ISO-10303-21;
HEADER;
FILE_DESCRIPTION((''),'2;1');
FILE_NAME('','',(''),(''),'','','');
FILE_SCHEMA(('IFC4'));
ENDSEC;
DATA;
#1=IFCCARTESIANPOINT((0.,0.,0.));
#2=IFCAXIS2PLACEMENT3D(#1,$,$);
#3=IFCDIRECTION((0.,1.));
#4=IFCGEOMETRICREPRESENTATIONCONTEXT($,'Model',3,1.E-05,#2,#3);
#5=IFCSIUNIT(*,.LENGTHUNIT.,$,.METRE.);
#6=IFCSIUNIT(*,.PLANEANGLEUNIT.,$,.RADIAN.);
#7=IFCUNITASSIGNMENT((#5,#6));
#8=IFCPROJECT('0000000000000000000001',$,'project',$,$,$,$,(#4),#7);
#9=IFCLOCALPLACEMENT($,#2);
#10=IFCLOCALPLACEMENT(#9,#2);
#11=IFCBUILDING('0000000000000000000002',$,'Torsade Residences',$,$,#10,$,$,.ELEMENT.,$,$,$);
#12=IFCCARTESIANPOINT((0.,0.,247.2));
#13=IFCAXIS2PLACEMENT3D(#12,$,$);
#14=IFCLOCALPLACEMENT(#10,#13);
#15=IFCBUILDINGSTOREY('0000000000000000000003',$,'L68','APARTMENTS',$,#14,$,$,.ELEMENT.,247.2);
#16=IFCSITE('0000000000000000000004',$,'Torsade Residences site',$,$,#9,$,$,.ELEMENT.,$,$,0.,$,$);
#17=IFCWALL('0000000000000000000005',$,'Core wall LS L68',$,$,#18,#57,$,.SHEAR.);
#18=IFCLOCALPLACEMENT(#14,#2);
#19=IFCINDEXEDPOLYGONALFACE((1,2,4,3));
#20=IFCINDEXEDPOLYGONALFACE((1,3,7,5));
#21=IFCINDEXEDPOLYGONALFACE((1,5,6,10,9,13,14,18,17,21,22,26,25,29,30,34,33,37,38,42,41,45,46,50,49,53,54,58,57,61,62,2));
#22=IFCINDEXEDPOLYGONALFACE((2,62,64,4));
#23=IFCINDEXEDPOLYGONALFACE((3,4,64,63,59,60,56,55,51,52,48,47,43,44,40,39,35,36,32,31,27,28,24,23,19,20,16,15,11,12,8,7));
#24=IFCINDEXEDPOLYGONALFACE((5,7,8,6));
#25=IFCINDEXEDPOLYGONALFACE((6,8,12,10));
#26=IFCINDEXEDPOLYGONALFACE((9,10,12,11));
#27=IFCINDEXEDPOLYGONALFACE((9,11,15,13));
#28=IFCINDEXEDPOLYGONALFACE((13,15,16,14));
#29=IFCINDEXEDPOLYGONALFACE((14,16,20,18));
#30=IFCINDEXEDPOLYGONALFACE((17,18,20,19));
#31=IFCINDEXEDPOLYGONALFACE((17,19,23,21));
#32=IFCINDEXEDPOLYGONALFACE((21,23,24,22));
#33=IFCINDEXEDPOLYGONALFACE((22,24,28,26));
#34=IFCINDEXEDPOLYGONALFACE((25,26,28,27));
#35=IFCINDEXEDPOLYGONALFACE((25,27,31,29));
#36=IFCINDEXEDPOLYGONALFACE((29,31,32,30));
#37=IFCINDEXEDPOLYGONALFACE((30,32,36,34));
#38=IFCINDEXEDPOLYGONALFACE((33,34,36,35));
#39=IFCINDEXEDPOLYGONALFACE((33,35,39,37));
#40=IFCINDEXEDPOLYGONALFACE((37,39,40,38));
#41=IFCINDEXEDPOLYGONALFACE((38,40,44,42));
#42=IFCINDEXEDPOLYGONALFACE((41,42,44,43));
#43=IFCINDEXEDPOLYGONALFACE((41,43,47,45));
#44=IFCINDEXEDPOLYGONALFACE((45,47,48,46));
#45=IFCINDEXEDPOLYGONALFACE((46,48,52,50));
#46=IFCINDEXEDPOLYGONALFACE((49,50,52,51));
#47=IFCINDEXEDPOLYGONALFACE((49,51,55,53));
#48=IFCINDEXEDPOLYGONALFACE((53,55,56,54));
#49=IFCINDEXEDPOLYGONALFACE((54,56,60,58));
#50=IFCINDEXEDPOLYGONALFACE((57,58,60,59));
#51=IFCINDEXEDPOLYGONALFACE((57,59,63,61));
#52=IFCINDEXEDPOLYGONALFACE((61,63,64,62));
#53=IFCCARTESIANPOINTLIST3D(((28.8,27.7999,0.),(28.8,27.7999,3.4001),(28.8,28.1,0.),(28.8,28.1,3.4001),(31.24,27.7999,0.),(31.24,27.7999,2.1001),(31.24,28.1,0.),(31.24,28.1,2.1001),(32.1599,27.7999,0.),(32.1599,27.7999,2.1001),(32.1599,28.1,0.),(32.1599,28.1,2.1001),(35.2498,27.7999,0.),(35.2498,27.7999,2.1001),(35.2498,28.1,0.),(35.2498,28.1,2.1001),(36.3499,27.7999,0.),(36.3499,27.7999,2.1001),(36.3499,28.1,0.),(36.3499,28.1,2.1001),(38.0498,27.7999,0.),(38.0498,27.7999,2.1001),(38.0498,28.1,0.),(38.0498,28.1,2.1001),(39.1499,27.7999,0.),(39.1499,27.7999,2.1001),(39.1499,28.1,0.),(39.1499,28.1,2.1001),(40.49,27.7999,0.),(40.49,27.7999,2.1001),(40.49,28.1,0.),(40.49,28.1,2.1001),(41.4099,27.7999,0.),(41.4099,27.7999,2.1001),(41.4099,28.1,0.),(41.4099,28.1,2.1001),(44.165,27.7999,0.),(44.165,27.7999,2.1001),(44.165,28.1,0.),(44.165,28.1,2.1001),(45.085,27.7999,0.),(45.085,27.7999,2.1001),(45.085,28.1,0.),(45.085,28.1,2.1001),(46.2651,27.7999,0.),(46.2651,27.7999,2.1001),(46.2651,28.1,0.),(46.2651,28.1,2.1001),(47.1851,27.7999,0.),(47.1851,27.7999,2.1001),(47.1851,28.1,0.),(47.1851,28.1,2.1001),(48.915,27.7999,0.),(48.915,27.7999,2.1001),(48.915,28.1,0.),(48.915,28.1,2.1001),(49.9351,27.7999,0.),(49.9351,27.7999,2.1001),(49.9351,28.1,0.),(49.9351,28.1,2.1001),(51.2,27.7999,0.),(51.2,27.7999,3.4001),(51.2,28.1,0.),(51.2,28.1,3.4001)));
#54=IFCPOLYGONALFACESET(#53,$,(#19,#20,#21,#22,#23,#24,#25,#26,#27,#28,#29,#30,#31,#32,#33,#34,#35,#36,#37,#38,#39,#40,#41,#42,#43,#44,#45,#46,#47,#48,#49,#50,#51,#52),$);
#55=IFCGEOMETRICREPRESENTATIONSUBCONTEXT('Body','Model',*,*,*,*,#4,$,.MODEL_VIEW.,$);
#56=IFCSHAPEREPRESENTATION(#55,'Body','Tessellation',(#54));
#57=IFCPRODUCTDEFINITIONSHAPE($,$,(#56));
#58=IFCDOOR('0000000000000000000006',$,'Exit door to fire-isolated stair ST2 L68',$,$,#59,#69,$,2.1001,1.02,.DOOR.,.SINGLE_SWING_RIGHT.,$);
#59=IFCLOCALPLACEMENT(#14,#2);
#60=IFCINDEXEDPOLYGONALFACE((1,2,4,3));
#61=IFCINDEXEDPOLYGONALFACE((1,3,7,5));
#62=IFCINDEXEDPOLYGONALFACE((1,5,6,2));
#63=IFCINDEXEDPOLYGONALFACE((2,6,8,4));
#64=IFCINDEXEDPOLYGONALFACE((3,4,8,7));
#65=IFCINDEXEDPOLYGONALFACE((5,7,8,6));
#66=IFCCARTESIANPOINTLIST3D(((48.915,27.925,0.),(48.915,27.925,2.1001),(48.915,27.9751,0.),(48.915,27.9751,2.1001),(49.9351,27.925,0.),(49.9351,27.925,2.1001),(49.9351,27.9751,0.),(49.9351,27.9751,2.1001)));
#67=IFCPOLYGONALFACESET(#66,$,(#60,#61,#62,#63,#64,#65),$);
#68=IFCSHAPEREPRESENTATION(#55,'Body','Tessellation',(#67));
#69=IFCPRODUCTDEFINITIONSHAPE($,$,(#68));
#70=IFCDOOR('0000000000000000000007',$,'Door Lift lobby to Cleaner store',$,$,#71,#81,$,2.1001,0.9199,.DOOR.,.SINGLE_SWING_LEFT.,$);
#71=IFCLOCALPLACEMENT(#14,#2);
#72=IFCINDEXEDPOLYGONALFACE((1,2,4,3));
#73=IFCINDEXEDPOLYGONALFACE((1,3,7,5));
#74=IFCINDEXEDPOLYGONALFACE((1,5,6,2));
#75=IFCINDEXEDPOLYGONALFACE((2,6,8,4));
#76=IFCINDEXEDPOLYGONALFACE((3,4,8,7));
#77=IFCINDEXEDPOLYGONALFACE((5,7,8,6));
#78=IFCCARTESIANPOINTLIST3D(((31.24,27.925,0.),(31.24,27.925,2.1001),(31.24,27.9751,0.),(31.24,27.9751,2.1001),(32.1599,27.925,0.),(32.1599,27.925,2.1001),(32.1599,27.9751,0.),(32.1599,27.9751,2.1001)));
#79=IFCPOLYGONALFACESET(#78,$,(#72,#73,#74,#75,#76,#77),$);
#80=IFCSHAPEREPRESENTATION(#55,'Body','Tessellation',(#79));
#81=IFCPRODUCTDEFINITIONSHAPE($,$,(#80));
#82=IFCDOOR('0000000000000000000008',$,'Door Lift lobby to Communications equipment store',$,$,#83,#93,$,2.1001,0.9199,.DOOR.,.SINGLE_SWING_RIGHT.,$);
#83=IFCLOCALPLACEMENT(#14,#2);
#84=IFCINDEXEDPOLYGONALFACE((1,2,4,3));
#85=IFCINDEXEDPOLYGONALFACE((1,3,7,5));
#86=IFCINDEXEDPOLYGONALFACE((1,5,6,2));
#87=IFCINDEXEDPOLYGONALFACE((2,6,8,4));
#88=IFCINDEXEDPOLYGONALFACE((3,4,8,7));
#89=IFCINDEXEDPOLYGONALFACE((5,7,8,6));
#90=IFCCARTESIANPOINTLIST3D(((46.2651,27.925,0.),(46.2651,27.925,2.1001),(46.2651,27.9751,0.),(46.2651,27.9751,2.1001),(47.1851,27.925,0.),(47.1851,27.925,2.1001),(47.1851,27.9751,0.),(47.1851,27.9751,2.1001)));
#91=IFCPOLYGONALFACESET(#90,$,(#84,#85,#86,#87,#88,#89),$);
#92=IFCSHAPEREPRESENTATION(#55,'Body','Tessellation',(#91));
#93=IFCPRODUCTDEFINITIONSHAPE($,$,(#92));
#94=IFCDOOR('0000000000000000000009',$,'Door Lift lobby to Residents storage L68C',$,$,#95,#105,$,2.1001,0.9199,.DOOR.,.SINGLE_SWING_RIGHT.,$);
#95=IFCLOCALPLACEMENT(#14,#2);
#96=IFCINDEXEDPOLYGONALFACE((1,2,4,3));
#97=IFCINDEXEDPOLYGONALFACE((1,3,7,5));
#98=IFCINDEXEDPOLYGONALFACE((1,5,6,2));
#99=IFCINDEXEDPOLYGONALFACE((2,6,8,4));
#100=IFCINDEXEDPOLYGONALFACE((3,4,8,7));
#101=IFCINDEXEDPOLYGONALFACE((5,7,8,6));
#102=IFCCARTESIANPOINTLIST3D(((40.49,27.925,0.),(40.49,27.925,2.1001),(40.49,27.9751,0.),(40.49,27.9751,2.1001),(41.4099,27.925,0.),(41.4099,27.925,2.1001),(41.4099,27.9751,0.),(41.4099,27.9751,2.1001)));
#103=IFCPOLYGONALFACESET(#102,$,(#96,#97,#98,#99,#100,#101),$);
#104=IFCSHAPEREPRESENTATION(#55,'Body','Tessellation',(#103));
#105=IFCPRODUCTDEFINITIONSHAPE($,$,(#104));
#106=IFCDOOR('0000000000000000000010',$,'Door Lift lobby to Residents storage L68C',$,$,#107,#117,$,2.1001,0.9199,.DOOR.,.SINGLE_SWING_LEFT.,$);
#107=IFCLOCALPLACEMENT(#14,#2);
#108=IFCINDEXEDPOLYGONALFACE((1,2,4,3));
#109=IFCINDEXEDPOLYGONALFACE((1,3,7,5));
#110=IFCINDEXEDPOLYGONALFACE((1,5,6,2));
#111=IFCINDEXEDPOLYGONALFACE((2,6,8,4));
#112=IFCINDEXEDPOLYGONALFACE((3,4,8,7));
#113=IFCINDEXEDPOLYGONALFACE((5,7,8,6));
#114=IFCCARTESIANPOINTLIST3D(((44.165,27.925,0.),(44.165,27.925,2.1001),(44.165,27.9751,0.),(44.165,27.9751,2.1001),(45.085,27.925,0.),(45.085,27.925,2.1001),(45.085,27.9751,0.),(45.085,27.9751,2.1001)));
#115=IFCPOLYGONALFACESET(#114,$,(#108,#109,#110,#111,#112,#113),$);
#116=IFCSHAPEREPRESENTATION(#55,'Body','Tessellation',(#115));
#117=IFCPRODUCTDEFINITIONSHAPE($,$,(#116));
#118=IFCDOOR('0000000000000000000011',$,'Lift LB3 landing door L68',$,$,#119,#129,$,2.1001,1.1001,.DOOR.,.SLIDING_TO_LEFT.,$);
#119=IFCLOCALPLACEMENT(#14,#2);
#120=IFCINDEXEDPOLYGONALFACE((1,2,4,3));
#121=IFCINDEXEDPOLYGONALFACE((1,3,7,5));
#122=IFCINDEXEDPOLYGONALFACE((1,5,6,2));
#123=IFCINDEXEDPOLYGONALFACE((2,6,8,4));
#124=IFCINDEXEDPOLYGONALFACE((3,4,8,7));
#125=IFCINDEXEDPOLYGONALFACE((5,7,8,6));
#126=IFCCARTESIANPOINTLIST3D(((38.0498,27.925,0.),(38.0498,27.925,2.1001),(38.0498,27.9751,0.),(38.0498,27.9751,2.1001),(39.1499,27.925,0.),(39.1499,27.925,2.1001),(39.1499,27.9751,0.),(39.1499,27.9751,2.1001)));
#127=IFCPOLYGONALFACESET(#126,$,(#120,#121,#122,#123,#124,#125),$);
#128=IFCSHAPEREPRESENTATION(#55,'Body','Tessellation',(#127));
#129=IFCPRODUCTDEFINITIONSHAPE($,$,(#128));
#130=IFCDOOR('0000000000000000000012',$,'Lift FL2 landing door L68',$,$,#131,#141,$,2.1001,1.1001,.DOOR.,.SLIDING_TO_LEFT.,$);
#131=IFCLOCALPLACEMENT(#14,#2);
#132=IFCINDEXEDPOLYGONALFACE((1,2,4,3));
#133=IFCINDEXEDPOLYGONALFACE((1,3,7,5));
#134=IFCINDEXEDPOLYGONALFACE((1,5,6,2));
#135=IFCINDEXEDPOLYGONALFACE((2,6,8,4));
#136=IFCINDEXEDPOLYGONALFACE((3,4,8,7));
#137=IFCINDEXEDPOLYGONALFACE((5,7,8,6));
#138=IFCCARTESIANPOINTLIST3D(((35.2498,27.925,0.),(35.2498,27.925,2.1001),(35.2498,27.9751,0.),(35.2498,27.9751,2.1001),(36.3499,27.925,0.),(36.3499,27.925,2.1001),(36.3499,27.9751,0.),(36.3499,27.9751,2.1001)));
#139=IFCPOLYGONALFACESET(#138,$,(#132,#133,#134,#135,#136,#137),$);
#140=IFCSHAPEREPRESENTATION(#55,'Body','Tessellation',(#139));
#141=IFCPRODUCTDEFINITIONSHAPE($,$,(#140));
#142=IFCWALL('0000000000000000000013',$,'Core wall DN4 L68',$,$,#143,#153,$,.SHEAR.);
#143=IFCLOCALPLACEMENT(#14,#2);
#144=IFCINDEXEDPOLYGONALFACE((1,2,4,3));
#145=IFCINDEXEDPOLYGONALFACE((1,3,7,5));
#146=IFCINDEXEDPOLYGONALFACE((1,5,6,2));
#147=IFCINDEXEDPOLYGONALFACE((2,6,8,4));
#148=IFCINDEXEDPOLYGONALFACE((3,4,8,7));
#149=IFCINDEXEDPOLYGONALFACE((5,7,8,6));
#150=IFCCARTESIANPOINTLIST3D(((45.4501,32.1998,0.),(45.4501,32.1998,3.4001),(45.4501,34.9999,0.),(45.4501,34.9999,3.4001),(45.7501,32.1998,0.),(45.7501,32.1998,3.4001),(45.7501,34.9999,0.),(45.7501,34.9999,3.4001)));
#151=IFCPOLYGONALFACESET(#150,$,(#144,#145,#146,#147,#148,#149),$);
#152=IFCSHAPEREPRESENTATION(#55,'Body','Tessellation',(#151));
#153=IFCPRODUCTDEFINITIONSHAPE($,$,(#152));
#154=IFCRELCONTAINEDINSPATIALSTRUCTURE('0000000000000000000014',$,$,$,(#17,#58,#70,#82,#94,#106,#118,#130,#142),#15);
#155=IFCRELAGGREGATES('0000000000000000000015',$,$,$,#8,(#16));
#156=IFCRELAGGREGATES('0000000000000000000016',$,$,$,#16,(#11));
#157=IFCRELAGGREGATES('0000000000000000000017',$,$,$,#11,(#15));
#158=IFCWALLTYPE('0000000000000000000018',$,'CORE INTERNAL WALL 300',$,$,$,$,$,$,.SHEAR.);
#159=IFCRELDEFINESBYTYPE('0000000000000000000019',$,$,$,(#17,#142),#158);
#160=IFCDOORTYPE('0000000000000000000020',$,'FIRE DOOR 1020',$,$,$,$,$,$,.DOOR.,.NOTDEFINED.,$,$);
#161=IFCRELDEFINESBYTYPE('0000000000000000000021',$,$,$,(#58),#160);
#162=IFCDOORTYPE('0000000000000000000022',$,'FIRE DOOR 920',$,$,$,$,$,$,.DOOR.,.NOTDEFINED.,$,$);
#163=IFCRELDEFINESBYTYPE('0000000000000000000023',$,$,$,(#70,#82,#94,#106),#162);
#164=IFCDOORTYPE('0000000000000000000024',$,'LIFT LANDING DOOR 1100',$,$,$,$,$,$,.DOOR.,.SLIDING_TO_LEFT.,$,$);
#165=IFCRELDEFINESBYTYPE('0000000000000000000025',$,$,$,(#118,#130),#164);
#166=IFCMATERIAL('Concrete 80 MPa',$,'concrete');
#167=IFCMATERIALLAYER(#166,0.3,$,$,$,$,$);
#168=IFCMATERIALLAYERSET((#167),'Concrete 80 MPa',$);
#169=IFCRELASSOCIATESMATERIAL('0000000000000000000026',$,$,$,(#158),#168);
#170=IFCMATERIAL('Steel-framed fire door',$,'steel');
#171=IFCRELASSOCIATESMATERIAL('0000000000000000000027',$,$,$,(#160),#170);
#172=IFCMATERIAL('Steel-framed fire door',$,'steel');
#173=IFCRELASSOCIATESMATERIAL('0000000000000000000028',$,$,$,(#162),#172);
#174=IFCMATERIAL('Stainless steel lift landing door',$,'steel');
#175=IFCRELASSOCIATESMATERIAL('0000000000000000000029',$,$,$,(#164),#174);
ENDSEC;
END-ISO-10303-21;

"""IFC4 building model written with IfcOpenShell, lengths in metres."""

from ifc_helpers import new_model, si_unit, direction, frame, frame_2d, origin, place, context, subcontext, project, spatial, rectangle, extrude, material, layer, layer_set, type_object, element, fill, save


model = new_model("IFC4")

# Units and contexts
model_context = context("Model", 3, precision=1e-05, world=origin(), true_north=direction((0.0, 1.0)))
body_context = subcontext(model_context, "Body", "Model", "MODEL_VIEW")
ifc_project = project(units=[si_unit("LENGTHUNIT", "METRE"), si_unit("PLANEANGLEUNIT", "RADIAN")], contexts=[model_context])

# Site, building, storey
site_placement = place(None, origin())
site = spatial("IfcSite", under=ifc_project, at=site_placement, Name="Torsade Residences site", CompositionType="ELEMENT", RefElevation=0.0)
building_placement = place(site_placement, origin())
building = spatial("IfcBuilding", under=site, at=building_placement, Name="Torsade Residences", CompositionType="ELEMENT")
storey_placement = place(building_placement, frame((0.0, 0.0, 247.2)))
storey = spatial("IfcBuildingStorey", under=building, at=storey_placement, Name="L68", Description="APARTMENTS", CompositionType="ELEMENT", Elevation=247.2)

# Wall, openings, doors
ifc_material_1 = material(Name="Concrete 80 MPa", Category="concrete")
ifc_layer_1 = layer(ifc_material_1, 0.3)
ifc_layer_set_1 = layer_set([ifc_layer_1], Name="Concrete 80 MPa")
wall_type_1 = type_object("IfcWallType", Name="CORE INTERNAL WALL 300", PredefinedType="SHEAR", material=ifc_layer_set_1)
wall_1_placement = place(storey_placement, frame((51.2, 27.95, 0.0), z_axis=(0.0, 0.0, 1.0), x_axis=(-1.0, 0.0, 0.0)))
wall_1 = element("IfcWall", 1, at=wall_1_placement, inside=storey, type_object=wall_type_1, Name="Core wall LS L68", PredefinedType="SHEAR", context=body_context, shape_type="SweptSolid", body=[
    extrude(rectangle(XDim=22.3999, YDim=0.3, at=frame_2d((11.2, 0.0))), origin(), (0.0, 0.0, 1.0), 3.4001),
])
opening_1_placement = place(wall_1_placement, frame((19.04, 0.0, 0.0)))
opening_1 = element("IfcOpeningElement", 2, at=opening_1_placement, cuts=wall_1, PredefinedType="OPENING", context=body_context, shape_type="SweptSolid", body=[
    extrude(rectangle(XDim=0.9199, YDim=2.1001, at=frame_2d((0.46, 1.05))), frame((0.0, 0.1599, 0.0), z_axis=(0.0, -1.0, 0.0), x_axis=(1.0, 0.0, 0.0)), (0.0, 0.0, 1.0), 0.3201),
])
opening_2_placement = place(wall_1_placement, frame((1.2649, 0.0, 0.0)))
opening_2 = element("IfcOpeningElement", 3, at=opening_2_placement, cuts=wall_1, PredefinedType="OPENING", context=body_context, shape_type="SweptSolid", body=[
    extrude(rectangle(XDim=1.02, YDim=2.1001, at=frame_2d((0.51, 1.05))), frame((0.0, 0.1599, 0.0), z_axis=(0.0, -1.0, 0.0), x_axis=(1.0, 0.0, 0.0)), (0.0, 0.0, 1.0), 0.3201),
])
opening_3_placement = place(wall_1_placement, frame((4.0149, 0.0, 0.0)))
opening_3 = element("IfcOpeningElement", 4, at=opening_3_placement, cuts=wall_1, PredefinedType="OPENING", context=body_context, shape_type="SweptSolid", body=[
    extrude(rectangle(XDim=0.9199, YDim=2.1001, at=frame_2d((0.46, 1.05))), frame((0.0, 0.1599, 0.0), z_axis=(0.0, -1.0, 0.0), x_axis=(1.0, 0.0, 0.0)), (0.0, 0.0, 1.0), 0.3201),
])
opening_4_placement = place(wall_1_placement, frame((9.79, 0.0, 0.0)))
opening_4 = element("IfcOpeningElement", 5, at=opening_4_placement, cuts=wall_1, PredefinedType="OPENING", context=body_context, shape_type="SweptSolid", body=[
    extrude(rectangle(XDim=0.9199, YDim=2.1001, at=frame_2d((0.46, 1.05))), frame((0.0, 0.1599, 0.0), z_axis=(0.0, -1.0, 0.0), x_axis=(1.0, 0.0, 0.0)), (0.0, 0.0, 1.0), 0.3201),
])
opening_5_placement = place(wall_1_placement, frame((6.115, 0.0, 0.0)))
opening_5 = element("IfcOpeningElement", 6, at=opening_5_placement, cuts=wall_1, PredefinedType="OPENING", context=body_context, shape_type="SweptSolid", body=[
    extrude(rectangle(XDim=0.9199, YDim=2.1001, at=frame_2d((0.46, 1.05))), frame((0.0, 0.1599, 0.0), z_axis=(0.0, -1.0, 0.0), x_axis=(1.0, 0.0, 0.0)), (0.0, 0.0, 1.0), 0.3201),
])
opening_6_placement = place(wall_1_placement, frame((12.05, 0.0, 0.0)))
opening_6 = element("IfcOpeningElement", 7, at=opening_6_placement, cuts=wall_1, PredefinedType="OPENING", context=body_context, shape_type="SweptSolid", body=[
    extrude(rectangle(XDim=1.1001, YDim=2.1001, at=frame_2d((0.55, 1.05))), frame((0.0, 0.1599, 0.0), z_axis=(0.0, -1.0, 0.0), x_axis=(1.0, 0.0, 0.0)), (0.0, 0.0, 1.0), 0.3201),
])
opening_7_placement = place(wall_1_placement, frame((14.8501, 0.0, 0.0)))
opening_7 = element("IfcOpeningElement", 8, at=opening_7_placement, cuts=wall_1, PredefinedType="OPENING", context=body_context, shape_type="SweptSolid", body=[
    extrude(rectangle(XDim=1.1001, YDim=2.1001, at=frame_2d((0.55, 1.05))), frame((0.0, 0.1599, 0.0), z_axis=(0.0, -1.0, 0.0), x_axis=(1.0, 0.0, 0.0)), (0.0, 0.0, 1.0), 0.3201),
])
ifc_material_2 = material(Name="Steel-framed fire door", Category="steel")
door_type_1 = type_object("IfcDoorType", Name="FIRE DOOR 1020", OperationType="NOTDEFINED", PredefinedType="DOOR", material=ifc_material_2)
door_1_placement = place(opening_2_placement, origin())
door_1 = element("IfcDoor", 9, at=door_1_placement, inside=storey, type_object=door_type_1, Name="Exit door to fire-isolated stair ST2 L68", OperationType="SINGLE_SWING_RIGHT", OverallHeight=2.1001, OverallWidth=1.02, PredefinedType="DOOR", context=body_context, shape_type="SweptSolid", body=[
    extrude(rectangle(XDim=1.02, YDim=2.1001, at=frame_2d((0.51, 1.05))), frame((0.0, 0.0249, 0.0), z_axis=(0.0, -1.0, 0.0), x_axis=(1.0, 0.0, 0.0)), (0.0, 0.0, 1.0), 0.05),
])
fill(opening_2, door_1)
ifc_material_3 = material(Name="Steel-framed fire door", Category="steel")
door_type_2 = type_object("IfcDoorType", Name="FIRE DOOR 920", OperationType="NOTDEFINED", PredefinedType="DOOR", material=ifc_material_3)
door_2_placement = place(opening_1_placement, origin())
door_2 = element("IfcDoor", 10, at=door_2_placement, inside=storey, type_object=door_type_2, Name="Door Lift lobby to Cleaner store", OperationType="SINGLE_SWING_LEFT", OverallHeight=2.1001, OverallWidth=0.9199, PredefinedType="DOOR", context=body_context, shape_type="SweptSolid", body=[
    extrude(rectangle(XDim=0.9199, YDim=2.1001, at=frame_2d((0.46, 1.05))), frame((0.0, 0.0249, 0.0), z_axis=(0.0, -1.0, 0.0), x_axis=(1.0, 0.0, 0.0)), (0.0, 0.0, 1.0), 0.05),
])
fill(opening_1, door_2)
door_3_placement = place(opening_3_placement, origin())
door_3 = element("IfcDoor", 11, at=door_3_placement, inside=storey, type_object=door_type_2, Name="Door Lift lobby to Communications equipment store", OperationType="SINGLE_SWING_RIGHT", OverallHeight=2.1001, OverallWidth=0.9199, PredefinedType="DOOR", context=body_context, shape_type="SweptSolid", body=[
    extrude(rectangle(XDim=0.9199, YDim=2.1001, at=frame_2d((0.46, 1.05))), frame((0.0, 0.0249, 0.0), z_axis=(0.0, -1.0, 0.0), x_axis=(1.0, 0.0, 0.0)), (0.0, 0.0, 1.0), 0.05),
])
fill(opening_3, door_3)
door_4_placement = place(opening_4_placement, origin())
door_4 = element("IfcDoor", 12, at=door_4_placement, inside=storey, type_object=door_type_2, Name="Door Lift lobby to Residents storage L68C", OperationType="SINGLE_SWING_RIGHT", OverallHeight=2.1001, OverallWidth=0.9199, PredefinedType="DOOR", context=body_context, shape_type="SweptSolid", body=[
    extrude(rectangle(XDim=0.9199, YDim=2.1001, at=frame_2d((0.46, 1.05))), frame((0.0, 0.0249, 0.0), z_axis=(0.0, -1.0, 0.0), x_axis=(1.0, 0.0, 0.0)), (0.0, 0.0, 1.0), 0.05),
])
fill(opening_4, door_4)
door_5_placement = place(opening_5_placement, origin())
door_5 = element("IfcDoor", 13, at=door_5_placement, inside=storey, type_object=door_type_2, Name="Door Lift lobby to Residents storage L68C", OperationType="SINGLE_SWING_LEFT", OverallHeight=2.1001, OverallWidth=0.9199, PredefinedType="DOOR", context=body_context, shape_type="SweptSolid", body=[
    extrude(rectangle(XDim=0.9199, YDim=2.1001, at=frame_2d((0.46, 1.05))), frame((0.0, 0.0249, 0.0), z_axis=(0.0, -1.0, 0.0), x_axis=(1.0, 0.0, 0.0)), (0.0, 0.0, 1.0), 0.05),
])
fill(opening_5, door_5)
ifc_material_4 = material(Name="Stainless steel lift landing door", Category="steel")
door_type_3 = type_object("IfcDoorType", Name="LIFT LANDING DOOR 1100", OperationType="SLIDING_TO_LEFT", PredefinedType="DOOR", material=ifc_material_4)
door_6_placement = place(opening_6_placement, origin())
door_6 = element("IfcDoor", 14, at=door_6_placement, inside=storey, type_object=door_type_3, Name="Lift LB3 landing door L68", OperationType="SLIDING_TO_LEFT", OverallHeight=2.1001, OverallWidth=1.1001, PredefinedType="DOOR", context=body_context, shape_type="SweptSolid", body=[
    extrude(rectangle(XDim=1.1001, YDim=2.1001, at=frame_2d((0.55, 1.05))), frame((0.0, 0.0249, 0.0), z_axis=(0.0, -1.0, 0.0), x_axis=(1.0, 0.0, 0.0)), (0.0, 0.0, 1.0), 0.05),
])
fill(opening_6, door_6)
door_7_placement = place(opening_7_placement, origin())
door_7 = element("IfcDoor", 15, at=door_7_placement, inside=storey, type_object=door_type_3, Name="Lift FL2 landing door L68", OperationType="SLIDING_TO_LEFT", OverallHeight=2.1001, OverallWidth=1.1001, PredefinedType="DOOR", context=body_context, shape_type="SweptSolid", body=[
    extrude(rectangle(XDim=1.1001, YDim=2.1001, at=frame_2d((0.55, 1.05))), frame((0.0, 0.0249, 0.0), z_axis=(0.0, -1.0, 0.0), x_axis=(1.0, 0.0, 0.0)), (0.0, 0.0, 1.0), 0.05),
])
fill(opening_7, door_7)

# Wall
wall_2_placement = place(storey_placement, frame((45.6001, 32.2, 0.0), z_axis=(0.0, 0.0, 1.0), x_axis=(0.0, 1.0, 0.0)))
element("IfcWall", 16, at=wall_2_placement, inside=storey, type_object=wall_type_1, Name="Core wall DN4 L68", PredefinedType="SHEAR", context=body_context, shape_type="SweptSolid", body=[
    extrude(rectangle(XDim=2.8, YDim=0.3, at=frame_2d((1.3999, 0.0))), origin(), (0.0, 0.0, 1.0), 3.4001),
])

save(model, "model.ifc")
